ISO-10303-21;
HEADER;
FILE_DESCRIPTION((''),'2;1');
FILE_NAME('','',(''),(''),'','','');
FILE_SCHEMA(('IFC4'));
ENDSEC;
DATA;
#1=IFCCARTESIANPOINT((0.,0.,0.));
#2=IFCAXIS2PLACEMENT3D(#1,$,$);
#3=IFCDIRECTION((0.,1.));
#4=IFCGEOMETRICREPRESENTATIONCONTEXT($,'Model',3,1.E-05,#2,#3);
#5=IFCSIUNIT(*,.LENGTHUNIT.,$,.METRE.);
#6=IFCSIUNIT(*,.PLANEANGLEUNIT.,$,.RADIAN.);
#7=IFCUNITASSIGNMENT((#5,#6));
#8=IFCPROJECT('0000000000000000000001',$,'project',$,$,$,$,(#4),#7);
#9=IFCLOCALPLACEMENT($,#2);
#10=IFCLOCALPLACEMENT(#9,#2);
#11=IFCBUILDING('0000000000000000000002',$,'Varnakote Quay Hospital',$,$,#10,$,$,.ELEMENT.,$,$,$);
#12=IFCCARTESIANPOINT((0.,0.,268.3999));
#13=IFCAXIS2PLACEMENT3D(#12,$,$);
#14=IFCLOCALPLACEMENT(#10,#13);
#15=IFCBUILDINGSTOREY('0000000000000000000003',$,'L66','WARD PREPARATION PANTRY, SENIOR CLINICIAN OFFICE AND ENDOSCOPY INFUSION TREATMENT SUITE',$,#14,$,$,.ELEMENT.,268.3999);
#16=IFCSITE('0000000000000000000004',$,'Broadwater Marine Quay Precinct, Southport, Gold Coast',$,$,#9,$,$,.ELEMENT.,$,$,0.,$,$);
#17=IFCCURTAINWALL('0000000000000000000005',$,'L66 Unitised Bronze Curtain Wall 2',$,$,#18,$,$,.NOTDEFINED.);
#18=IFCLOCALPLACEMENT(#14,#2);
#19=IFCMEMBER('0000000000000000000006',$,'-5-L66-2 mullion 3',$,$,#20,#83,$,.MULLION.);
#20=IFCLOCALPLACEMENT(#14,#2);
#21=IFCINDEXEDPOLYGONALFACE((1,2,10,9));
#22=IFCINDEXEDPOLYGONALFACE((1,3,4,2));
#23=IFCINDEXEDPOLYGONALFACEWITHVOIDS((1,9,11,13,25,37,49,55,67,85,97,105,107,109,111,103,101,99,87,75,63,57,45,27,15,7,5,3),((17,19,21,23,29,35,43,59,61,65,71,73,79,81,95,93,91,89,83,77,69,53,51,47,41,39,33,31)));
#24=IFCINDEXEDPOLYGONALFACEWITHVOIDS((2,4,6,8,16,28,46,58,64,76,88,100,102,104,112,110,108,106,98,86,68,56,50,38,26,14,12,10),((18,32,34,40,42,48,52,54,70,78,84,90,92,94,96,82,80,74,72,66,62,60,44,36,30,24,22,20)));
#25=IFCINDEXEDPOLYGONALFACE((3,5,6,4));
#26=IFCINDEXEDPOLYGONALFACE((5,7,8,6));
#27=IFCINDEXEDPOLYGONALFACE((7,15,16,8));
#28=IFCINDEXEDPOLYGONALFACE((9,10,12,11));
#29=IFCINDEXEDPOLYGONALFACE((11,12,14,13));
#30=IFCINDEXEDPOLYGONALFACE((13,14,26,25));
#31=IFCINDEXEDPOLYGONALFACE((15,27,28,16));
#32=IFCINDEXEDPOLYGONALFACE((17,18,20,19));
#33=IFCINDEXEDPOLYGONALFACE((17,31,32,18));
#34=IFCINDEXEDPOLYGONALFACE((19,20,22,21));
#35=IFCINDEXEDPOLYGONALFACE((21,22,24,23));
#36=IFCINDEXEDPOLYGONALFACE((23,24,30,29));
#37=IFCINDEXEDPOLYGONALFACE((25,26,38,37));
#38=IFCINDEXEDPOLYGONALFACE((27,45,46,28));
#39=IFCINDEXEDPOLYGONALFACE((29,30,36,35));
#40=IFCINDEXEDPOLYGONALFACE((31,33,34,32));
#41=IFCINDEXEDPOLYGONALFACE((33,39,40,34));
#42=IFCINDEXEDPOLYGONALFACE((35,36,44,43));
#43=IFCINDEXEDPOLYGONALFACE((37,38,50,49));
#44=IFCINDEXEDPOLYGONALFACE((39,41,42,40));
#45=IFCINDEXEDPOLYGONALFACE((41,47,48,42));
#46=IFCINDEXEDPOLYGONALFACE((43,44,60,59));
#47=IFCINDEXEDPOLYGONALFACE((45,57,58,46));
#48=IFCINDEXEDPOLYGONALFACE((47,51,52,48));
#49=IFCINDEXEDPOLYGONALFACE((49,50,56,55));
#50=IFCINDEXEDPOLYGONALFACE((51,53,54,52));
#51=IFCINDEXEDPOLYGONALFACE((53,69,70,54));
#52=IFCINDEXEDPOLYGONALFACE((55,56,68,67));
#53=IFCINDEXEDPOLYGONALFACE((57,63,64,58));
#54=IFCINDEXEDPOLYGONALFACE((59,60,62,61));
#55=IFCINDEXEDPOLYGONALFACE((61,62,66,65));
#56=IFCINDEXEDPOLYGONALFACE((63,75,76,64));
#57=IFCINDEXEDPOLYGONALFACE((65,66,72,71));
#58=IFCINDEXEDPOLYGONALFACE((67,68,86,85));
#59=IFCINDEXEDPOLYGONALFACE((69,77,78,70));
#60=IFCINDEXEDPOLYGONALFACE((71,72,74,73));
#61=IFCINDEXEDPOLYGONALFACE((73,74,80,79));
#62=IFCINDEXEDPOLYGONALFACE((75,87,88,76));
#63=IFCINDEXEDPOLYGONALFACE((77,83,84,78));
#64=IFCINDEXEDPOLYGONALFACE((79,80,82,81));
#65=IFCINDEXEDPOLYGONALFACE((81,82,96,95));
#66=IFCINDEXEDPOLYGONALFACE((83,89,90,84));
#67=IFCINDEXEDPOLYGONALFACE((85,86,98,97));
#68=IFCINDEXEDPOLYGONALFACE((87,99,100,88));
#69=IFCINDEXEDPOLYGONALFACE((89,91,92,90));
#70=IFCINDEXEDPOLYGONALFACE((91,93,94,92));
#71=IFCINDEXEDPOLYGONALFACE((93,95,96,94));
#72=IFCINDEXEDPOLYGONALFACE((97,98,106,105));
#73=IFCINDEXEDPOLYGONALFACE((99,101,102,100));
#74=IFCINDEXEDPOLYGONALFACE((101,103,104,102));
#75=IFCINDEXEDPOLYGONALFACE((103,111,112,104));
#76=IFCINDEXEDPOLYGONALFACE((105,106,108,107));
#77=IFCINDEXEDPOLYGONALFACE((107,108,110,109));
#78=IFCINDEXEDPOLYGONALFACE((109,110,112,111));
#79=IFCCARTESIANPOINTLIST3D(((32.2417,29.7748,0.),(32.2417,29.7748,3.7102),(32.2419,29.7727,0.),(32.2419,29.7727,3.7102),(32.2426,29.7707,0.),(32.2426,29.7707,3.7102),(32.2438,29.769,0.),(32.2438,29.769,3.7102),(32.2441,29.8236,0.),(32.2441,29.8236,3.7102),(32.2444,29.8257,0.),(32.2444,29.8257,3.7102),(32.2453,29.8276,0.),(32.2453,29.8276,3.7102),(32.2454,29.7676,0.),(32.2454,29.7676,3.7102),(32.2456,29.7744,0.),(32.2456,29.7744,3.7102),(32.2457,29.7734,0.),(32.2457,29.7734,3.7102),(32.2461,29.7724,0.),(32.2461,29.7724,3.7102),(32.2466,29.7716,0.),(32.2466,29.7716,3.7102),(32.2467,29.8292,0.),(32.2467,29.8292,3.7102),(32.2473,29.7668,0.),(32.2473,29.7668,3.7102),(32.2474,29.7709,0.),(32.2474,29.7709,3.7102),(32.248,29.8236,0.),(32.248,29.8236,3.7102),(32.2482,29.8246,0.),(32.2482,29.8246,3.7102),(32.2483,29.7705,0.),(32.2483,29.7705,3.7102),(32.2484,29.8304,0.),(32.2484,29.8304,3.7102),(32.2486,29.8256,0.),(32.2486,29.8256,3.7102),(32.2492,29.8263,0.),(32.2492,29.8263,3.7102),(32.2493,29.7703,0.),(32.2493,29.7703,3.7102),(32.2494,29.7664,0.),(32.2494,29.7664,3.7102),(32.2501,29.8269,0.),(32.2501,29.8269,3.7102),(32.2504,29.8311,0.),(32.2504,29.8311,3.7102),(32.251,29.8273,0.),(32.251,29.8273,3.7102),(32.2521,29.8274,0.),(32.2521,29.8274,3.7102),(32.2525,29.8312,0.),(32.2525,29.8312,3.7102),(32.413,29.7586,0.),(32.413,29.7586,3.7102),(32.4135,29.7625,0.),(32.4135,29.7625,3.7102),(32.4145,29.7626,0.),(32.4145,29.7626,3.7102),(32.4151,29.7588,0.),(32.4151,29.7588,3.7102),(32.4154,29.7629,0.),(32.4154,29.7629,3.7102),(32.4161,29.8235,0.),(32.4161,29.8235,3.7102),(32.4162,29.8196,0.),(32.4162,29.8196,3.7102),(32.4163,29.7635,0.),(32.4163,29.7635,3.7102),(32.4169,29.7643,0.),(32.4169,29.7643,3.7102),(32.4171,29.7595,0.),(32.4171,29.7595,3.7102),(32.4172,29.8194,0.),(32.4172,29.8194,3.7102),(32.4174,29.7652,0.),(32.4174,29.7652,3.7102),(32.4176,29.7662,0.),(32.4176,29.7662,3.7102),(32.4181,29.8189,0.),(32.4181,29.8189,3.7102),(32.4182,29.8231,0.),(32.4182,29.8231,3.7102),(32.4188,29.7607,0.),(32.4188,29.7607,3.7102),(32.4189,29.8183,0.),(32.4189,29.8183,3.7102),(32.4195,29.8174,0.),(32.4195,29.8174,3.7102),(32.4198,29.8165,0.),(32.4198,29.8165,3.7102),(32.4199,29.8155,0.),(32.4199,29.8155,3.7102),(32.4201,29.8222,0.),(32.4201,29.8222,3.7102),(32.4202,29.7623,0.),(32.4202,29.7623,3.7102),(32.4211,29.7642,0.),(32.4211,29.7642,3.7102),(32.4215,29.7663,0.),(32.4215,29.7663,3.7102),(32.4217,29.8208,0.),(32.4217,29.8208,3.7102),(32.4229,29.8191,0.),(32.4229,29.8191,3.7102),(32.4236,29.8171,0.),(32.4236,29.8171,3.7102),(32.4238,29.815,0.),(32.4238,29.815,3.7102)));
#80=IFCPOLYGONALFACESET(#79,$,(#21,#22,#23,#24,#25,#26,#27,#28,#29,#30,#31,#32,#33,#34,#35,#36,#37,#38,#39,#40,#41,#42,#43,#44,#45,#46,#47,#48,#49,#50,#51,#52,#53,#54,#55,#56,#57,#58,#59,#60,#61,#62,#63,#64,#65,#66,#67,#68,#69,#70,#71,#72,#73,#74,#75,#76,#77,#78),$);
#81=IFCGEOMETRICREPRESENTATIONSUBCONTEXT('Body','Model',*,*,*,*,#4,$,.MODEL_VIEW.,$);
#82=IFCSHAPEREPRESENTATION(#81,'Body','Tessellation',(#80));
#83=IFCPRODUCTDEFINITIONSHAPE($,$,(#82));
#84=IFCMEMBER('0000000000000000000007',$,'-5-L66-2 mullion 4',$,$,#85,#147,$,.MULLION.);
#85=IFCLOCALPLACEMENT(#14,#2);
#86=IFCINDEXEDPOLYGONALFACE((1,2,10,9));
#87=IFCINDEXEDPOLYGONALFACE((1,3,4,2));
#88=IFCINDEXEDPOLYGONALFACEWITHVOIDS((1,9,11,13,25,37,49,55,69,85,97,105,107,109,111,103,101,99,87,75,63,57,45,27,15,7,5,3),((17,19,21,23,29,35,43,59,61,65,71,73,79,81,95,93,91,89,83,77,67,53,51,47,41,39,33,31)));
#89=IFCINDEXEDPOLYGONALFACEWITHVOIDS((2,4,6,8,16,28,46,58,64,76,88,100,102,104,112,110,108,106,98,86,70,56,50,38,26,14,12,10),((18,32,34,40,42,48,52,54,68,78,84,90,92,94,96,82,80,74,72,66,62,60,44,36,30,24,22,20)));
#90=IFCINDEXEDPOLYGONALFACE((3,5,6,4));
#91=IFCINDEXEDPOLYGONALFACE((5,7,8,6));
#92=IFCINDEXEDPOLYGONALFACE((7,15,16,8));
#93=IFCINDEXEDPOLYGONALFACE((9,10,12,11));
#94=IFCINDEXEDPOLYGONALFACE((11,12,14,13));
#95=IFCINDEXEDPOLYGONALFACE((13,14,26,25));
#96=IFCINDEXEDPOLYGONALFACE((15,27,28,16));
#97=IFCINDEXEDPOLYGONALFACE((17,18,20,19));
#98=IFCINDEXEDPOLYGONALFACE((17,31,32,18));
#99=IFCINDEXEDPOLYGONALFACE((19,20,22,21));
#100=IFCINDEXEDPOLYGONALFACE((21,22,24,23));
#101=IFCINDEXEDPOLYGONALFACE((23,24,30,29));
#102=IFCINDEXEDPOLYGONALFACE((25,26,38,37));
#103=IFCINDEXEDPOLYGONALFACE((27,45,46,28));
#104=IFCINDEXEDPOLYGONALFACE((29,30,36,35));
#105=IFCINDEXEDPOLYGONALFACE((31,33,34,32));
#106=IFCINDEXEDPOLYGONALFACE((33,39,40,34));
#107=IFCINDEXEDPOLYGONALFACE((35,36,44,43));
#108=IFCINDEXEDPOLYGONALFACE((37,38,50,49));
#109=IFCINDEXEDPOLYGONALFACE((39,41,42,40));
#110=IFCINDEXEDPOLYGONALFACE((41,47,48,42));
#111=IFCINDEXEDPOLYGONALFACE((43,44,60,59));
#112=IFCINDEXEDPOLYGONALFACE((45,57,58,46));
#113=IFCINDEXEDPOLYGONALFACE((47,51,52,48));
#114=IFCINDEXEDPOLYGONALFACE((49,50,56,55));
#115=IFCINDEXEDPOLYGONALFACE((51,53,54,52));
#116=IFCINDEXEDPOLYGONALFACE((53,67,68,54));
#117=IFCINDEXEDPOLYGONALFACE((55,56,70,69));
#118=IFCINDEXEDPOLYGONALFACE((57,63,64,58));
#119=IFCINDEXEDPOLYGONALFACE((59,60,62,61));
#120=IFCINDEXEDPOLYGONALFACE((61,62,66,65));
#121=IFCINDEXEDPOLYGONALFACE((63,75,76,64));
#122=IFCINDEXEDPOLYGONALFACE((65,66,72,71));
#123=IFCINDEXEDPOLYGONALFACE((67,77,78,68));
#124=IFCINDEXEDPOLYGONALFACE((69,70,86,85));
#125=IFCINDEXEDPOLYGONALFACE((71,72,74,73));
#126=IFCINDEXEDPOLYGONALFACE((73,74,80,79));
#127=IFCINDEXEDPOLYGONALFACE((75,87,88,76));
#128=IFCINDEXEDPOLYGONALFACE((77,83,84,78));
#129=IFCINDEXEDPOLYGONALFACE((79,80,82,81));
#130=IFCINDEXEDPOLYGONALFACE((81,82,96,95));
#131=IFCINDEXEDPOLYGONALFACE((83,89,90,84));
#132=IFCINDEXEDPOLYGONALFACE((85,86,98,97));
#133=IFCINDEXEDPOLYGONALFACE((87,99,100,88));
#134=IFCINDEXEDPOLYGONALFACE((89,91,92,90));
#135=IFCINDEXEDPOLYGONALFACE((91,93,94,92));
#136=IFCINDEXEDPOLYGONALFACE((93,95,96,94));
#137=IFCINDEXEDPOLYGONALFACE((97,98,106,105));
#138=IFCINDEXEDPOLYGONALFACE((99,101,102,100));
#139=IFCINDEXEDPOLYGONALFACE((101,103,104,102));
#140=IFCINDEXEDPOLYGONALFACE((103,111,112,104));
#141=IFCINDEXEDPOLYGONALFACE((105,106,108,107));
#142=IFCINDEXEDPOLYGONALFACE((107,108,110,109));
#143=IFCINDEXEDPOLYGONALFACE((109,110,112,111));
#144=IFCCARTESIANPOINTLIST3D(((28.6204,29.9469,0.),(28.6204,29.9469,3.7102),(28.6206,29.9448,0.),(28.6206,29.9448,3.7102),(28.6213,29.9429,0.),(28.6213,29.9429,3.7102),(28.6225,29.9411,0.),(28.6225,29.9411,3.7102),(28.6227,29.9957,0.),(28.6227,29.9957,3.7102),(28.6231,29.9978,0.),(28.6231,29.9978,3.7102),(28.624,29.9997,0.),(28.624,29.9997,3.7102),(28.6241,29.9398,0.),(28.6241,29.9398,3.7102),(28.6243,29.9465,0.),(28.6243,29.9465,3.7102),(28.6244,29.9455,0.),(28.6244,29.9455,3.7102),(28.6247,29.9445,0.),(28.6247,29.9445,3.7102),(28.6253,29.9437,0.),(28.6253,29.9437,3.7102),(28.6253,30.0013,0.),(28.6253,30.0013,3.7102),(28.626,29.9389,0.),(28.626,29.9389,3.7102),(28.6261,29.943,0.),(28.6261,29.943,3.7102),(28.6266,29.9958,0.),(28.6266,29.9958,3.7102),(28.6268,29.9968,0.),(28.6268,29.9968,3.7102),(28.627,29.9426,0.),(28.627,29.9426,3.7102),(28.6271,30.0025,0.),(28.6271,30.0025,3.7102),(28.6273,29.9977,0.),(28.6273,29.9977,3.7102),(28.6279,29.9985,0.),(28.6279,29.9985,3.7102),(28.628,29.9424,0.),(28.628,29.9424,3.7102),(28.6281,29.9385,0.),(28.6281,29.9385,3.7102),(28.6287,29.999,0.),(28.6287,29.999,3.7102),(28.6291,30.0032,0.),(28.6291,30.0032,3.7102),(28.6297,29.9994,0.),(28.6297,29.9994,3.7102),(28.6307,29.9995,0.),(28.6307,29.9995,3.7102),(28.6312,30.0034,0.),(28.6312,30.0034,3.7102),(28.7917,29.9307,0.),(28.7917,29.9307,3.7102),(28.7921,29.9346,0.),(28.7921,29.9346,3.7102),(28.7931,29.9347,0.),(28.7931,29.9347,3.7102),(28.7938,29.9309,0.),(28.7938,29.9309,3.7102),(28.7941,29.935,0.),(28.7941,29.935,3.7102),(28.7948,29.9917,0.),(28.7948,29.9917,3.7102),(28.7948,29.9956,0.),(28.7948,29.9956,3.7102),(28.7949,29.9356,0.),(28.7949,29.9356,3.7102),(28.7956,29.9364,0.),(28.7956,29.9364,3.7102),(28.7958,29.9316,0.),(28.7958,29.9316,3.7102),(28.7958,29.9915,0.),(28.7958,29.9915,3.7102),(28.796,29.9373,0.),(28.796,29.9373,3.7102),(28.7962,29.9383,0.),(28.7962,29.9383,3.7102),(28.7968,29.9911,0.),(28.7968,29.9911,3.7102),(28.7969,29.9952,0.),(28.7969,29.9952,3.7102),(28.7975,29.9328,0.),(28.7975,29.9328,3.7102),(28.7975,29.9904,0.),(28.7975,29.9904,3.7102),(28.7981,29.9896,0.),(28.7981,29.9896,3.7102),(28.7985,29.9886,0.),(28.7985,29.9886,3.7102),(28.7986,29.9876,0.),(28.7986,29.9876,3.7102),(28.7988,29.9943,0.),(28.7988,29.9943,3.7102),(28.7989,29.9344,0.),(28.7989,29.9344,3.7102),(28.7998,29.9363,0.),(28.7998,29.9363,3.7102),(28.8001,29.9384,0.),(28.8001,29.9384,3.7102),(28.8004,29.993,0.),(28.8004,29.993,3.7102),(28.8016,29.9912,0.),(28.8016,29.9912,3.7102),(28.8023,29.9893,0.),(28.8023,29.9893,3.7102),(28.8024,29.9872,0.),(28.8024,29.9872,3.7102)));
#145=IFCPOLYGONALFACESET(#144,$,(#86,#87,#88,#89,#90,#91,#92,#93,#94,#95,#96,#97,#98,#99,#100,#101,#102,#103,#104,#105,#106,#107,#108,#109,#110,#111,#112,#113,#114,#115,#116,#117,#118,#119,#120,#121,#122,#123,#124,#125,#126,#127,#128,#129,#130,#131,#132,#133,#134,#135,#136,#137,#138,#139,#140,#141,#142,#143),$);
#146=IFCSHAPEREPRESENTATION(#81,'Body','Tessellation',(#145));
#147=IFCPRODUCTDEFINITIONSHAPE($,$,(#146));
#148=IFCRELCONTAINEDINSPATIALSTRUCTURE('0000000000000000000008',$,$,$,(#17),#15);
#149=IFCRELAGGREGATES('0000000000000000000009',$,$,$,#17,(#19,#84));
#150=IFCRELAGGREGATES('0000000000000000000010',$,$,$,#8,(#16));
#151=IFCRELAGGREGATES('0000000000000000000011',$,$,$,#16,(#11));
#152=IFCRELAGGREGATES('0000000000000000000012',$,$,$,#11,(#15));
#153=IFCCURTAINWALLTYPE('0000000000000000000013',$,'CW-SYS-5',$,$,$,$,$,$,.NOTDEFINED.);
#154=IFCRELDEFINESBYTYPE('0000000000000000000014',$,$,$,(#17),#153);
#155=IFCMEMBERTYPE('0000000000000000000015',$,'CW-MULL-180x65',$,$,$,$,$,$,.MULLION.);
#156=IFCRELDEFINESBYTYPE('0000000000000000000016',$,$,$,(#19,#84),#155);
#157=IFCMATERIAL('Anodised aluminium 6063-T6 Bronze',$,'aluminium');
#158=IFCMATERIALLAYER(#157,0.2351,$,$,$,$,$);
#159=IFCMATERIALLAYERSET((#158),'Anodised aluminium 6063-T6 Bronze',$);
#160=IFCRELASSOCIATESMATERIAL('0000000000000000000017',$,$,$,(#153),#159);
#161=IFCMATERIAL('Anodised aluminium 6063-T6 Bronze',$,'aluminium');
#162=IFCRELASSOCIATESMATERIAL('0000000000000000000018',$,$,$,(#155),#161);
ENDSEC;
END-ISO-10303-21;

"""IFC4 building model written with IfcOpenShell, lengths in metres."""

from ifc_helpers import new_model, si_unit, direction, frame, origin, origin_2d, place, context, subcontext, project, spatial, hollow_rectangle, extrude, material, layer, layer_set, material_profile, profile_set, type_object, element, aggregate, save


model = new_model("IFC4")

# Units and contexts
model_context = context("Model", 3, precision=1e-05, world=origin(), true_north=direction((0.0, 1.0)))
body_context = subcontext(model_context, "Body", "Model", "MODEL_VIEW")
ifc_project = project(units=[si_unit("LENGTHUNIT", "METRE"), si_unit("PLANEANGLEUNIT", "RADIAN")], contexts=[model_context])

# Site, building, storey
site_placement = place(None, origin())
site = spatial("IfcSite", under=ifc_project, at=site_placement, Name="Broadwater Marine Quay Precinct, Southport, Gold Coast", CompositionType="ELEMENT", RefElevation=0.0)
building_placement = place(site_placement, origin())
building = spatial("IfcBuilding", under=site, at=building_placement, Name="Varnakote Quay Hospital", CompositionType="ELEMENT")
storey_placement = place(building_placement, frame((0.0, 0.0, 268.3999)))
storey = spatial("IfcBuildingStorey", under=building, at=storey_placement, Name="L66", Description="WARD PREPARATION PANTRY, SENIOR CLINICIAN OFFICE AND ENDOSCOPY INFUSION TREATMENT SUITE", CompositionType="ELEMENT", Elevation=268.3999)

# Curtain wall, members
ifc_material_1 = material(Name="Anodised aluminium 6063-T6 Bronze", Category="aluminium")
ifc_layer_1 = layer(ifc_material_1, 0.2351)
ifc_layer_set_1 = layer_set([ifc_layer_1], Name="Anodised aluminium 6063-T6 Bronze")
curtain_wall_type = type_object("IfcCurtainWallType", Name="CW-SYS-5", PredefinedType="NOTDEFINED", material=ifc_layer_set_1)
curtain_wall_placement = place(storey_placement, origin())
curtain_wall = element("IfcCurtainWall", 1, at=curtain_wall_placement, inside=storey, type_object=curtain_wall_type, Name="L66 Unitised Bronze Curtain Wall 2", PredefinedType="NOTDEFINED")
ifc_material_2 = material(Name="Anodised aluminium 6063-T6 Bronze", Category="aluminium")
ifc_material_profile_1 = material_profile(ifc_material_2, hollow_rectangle(XDim=0.0649, YDim=0.1799, WallThickness=0.0039, InnerFilletRadius=0.0039, OuterFilletRadius=0.0081, at=origin_2d()), Name="CW-MULL-180x65")
ifc_profile_set_1 = profile_set([ifc_material_profile_1], Name="Anodised aluminium 6063-T6 Bronze")
member_type_1 = type_object("IfcMemberType", Name="CW-MULL-180x65", PredefinedType="MULLION", material=ifc_profile_set_1)
member_1_placement = place(storey_placement, frame((32.3328, 29.7949, 0.0), z_axis=(0.0, 0.0, 1.0), x_axis=(-0.047497, -0.998871, 0.0)))
member_1 = element("IfcMember", 2, at=member_1_placement, type_object=member_type_1, Name="-5-L66-2 mullion 3", PredefinedType="MULLION", context=body_context, shape_type="SweptSolid", body=[
    extrude(hollow_rectangle(XDim=0.0649, YDim=0.1799, WallThickness=0.0039, InnerFilletRadius=0.0039, OuterFilletRadius=0.0081, at=origin_2d()), origin(), (0.0, 0.0, 1.0), 3.7102),
])
member_2_placement = place(storey_placement, frame((28.7114, 29.967, 0.0), z_axis=(0.0, 0.0, 1.0), x_axis=(-0.047497, -0.998871, 0.0)))
member_2 = element("IfcMember", 3, at=member_2_placement, type_object=member_type_1, Name="-5-L66-2 mullion 4", PredefinedType="MULLION", context=body_context, shape_type="SweptSolid", body=[
    extrude(hollow_rectangle(XDim=0.0649, YDim=0.1799, WallThickness=0.0039, InnerFilletRadius=0.0039, OuterFilletRadius=0.0081, at=origin_2d()), origin(), (0.0, 0.0, 1.0), 3.7102),
])

aggregate(curtain_wall, [member_1, member_2])

save(model, "model.ifc")
